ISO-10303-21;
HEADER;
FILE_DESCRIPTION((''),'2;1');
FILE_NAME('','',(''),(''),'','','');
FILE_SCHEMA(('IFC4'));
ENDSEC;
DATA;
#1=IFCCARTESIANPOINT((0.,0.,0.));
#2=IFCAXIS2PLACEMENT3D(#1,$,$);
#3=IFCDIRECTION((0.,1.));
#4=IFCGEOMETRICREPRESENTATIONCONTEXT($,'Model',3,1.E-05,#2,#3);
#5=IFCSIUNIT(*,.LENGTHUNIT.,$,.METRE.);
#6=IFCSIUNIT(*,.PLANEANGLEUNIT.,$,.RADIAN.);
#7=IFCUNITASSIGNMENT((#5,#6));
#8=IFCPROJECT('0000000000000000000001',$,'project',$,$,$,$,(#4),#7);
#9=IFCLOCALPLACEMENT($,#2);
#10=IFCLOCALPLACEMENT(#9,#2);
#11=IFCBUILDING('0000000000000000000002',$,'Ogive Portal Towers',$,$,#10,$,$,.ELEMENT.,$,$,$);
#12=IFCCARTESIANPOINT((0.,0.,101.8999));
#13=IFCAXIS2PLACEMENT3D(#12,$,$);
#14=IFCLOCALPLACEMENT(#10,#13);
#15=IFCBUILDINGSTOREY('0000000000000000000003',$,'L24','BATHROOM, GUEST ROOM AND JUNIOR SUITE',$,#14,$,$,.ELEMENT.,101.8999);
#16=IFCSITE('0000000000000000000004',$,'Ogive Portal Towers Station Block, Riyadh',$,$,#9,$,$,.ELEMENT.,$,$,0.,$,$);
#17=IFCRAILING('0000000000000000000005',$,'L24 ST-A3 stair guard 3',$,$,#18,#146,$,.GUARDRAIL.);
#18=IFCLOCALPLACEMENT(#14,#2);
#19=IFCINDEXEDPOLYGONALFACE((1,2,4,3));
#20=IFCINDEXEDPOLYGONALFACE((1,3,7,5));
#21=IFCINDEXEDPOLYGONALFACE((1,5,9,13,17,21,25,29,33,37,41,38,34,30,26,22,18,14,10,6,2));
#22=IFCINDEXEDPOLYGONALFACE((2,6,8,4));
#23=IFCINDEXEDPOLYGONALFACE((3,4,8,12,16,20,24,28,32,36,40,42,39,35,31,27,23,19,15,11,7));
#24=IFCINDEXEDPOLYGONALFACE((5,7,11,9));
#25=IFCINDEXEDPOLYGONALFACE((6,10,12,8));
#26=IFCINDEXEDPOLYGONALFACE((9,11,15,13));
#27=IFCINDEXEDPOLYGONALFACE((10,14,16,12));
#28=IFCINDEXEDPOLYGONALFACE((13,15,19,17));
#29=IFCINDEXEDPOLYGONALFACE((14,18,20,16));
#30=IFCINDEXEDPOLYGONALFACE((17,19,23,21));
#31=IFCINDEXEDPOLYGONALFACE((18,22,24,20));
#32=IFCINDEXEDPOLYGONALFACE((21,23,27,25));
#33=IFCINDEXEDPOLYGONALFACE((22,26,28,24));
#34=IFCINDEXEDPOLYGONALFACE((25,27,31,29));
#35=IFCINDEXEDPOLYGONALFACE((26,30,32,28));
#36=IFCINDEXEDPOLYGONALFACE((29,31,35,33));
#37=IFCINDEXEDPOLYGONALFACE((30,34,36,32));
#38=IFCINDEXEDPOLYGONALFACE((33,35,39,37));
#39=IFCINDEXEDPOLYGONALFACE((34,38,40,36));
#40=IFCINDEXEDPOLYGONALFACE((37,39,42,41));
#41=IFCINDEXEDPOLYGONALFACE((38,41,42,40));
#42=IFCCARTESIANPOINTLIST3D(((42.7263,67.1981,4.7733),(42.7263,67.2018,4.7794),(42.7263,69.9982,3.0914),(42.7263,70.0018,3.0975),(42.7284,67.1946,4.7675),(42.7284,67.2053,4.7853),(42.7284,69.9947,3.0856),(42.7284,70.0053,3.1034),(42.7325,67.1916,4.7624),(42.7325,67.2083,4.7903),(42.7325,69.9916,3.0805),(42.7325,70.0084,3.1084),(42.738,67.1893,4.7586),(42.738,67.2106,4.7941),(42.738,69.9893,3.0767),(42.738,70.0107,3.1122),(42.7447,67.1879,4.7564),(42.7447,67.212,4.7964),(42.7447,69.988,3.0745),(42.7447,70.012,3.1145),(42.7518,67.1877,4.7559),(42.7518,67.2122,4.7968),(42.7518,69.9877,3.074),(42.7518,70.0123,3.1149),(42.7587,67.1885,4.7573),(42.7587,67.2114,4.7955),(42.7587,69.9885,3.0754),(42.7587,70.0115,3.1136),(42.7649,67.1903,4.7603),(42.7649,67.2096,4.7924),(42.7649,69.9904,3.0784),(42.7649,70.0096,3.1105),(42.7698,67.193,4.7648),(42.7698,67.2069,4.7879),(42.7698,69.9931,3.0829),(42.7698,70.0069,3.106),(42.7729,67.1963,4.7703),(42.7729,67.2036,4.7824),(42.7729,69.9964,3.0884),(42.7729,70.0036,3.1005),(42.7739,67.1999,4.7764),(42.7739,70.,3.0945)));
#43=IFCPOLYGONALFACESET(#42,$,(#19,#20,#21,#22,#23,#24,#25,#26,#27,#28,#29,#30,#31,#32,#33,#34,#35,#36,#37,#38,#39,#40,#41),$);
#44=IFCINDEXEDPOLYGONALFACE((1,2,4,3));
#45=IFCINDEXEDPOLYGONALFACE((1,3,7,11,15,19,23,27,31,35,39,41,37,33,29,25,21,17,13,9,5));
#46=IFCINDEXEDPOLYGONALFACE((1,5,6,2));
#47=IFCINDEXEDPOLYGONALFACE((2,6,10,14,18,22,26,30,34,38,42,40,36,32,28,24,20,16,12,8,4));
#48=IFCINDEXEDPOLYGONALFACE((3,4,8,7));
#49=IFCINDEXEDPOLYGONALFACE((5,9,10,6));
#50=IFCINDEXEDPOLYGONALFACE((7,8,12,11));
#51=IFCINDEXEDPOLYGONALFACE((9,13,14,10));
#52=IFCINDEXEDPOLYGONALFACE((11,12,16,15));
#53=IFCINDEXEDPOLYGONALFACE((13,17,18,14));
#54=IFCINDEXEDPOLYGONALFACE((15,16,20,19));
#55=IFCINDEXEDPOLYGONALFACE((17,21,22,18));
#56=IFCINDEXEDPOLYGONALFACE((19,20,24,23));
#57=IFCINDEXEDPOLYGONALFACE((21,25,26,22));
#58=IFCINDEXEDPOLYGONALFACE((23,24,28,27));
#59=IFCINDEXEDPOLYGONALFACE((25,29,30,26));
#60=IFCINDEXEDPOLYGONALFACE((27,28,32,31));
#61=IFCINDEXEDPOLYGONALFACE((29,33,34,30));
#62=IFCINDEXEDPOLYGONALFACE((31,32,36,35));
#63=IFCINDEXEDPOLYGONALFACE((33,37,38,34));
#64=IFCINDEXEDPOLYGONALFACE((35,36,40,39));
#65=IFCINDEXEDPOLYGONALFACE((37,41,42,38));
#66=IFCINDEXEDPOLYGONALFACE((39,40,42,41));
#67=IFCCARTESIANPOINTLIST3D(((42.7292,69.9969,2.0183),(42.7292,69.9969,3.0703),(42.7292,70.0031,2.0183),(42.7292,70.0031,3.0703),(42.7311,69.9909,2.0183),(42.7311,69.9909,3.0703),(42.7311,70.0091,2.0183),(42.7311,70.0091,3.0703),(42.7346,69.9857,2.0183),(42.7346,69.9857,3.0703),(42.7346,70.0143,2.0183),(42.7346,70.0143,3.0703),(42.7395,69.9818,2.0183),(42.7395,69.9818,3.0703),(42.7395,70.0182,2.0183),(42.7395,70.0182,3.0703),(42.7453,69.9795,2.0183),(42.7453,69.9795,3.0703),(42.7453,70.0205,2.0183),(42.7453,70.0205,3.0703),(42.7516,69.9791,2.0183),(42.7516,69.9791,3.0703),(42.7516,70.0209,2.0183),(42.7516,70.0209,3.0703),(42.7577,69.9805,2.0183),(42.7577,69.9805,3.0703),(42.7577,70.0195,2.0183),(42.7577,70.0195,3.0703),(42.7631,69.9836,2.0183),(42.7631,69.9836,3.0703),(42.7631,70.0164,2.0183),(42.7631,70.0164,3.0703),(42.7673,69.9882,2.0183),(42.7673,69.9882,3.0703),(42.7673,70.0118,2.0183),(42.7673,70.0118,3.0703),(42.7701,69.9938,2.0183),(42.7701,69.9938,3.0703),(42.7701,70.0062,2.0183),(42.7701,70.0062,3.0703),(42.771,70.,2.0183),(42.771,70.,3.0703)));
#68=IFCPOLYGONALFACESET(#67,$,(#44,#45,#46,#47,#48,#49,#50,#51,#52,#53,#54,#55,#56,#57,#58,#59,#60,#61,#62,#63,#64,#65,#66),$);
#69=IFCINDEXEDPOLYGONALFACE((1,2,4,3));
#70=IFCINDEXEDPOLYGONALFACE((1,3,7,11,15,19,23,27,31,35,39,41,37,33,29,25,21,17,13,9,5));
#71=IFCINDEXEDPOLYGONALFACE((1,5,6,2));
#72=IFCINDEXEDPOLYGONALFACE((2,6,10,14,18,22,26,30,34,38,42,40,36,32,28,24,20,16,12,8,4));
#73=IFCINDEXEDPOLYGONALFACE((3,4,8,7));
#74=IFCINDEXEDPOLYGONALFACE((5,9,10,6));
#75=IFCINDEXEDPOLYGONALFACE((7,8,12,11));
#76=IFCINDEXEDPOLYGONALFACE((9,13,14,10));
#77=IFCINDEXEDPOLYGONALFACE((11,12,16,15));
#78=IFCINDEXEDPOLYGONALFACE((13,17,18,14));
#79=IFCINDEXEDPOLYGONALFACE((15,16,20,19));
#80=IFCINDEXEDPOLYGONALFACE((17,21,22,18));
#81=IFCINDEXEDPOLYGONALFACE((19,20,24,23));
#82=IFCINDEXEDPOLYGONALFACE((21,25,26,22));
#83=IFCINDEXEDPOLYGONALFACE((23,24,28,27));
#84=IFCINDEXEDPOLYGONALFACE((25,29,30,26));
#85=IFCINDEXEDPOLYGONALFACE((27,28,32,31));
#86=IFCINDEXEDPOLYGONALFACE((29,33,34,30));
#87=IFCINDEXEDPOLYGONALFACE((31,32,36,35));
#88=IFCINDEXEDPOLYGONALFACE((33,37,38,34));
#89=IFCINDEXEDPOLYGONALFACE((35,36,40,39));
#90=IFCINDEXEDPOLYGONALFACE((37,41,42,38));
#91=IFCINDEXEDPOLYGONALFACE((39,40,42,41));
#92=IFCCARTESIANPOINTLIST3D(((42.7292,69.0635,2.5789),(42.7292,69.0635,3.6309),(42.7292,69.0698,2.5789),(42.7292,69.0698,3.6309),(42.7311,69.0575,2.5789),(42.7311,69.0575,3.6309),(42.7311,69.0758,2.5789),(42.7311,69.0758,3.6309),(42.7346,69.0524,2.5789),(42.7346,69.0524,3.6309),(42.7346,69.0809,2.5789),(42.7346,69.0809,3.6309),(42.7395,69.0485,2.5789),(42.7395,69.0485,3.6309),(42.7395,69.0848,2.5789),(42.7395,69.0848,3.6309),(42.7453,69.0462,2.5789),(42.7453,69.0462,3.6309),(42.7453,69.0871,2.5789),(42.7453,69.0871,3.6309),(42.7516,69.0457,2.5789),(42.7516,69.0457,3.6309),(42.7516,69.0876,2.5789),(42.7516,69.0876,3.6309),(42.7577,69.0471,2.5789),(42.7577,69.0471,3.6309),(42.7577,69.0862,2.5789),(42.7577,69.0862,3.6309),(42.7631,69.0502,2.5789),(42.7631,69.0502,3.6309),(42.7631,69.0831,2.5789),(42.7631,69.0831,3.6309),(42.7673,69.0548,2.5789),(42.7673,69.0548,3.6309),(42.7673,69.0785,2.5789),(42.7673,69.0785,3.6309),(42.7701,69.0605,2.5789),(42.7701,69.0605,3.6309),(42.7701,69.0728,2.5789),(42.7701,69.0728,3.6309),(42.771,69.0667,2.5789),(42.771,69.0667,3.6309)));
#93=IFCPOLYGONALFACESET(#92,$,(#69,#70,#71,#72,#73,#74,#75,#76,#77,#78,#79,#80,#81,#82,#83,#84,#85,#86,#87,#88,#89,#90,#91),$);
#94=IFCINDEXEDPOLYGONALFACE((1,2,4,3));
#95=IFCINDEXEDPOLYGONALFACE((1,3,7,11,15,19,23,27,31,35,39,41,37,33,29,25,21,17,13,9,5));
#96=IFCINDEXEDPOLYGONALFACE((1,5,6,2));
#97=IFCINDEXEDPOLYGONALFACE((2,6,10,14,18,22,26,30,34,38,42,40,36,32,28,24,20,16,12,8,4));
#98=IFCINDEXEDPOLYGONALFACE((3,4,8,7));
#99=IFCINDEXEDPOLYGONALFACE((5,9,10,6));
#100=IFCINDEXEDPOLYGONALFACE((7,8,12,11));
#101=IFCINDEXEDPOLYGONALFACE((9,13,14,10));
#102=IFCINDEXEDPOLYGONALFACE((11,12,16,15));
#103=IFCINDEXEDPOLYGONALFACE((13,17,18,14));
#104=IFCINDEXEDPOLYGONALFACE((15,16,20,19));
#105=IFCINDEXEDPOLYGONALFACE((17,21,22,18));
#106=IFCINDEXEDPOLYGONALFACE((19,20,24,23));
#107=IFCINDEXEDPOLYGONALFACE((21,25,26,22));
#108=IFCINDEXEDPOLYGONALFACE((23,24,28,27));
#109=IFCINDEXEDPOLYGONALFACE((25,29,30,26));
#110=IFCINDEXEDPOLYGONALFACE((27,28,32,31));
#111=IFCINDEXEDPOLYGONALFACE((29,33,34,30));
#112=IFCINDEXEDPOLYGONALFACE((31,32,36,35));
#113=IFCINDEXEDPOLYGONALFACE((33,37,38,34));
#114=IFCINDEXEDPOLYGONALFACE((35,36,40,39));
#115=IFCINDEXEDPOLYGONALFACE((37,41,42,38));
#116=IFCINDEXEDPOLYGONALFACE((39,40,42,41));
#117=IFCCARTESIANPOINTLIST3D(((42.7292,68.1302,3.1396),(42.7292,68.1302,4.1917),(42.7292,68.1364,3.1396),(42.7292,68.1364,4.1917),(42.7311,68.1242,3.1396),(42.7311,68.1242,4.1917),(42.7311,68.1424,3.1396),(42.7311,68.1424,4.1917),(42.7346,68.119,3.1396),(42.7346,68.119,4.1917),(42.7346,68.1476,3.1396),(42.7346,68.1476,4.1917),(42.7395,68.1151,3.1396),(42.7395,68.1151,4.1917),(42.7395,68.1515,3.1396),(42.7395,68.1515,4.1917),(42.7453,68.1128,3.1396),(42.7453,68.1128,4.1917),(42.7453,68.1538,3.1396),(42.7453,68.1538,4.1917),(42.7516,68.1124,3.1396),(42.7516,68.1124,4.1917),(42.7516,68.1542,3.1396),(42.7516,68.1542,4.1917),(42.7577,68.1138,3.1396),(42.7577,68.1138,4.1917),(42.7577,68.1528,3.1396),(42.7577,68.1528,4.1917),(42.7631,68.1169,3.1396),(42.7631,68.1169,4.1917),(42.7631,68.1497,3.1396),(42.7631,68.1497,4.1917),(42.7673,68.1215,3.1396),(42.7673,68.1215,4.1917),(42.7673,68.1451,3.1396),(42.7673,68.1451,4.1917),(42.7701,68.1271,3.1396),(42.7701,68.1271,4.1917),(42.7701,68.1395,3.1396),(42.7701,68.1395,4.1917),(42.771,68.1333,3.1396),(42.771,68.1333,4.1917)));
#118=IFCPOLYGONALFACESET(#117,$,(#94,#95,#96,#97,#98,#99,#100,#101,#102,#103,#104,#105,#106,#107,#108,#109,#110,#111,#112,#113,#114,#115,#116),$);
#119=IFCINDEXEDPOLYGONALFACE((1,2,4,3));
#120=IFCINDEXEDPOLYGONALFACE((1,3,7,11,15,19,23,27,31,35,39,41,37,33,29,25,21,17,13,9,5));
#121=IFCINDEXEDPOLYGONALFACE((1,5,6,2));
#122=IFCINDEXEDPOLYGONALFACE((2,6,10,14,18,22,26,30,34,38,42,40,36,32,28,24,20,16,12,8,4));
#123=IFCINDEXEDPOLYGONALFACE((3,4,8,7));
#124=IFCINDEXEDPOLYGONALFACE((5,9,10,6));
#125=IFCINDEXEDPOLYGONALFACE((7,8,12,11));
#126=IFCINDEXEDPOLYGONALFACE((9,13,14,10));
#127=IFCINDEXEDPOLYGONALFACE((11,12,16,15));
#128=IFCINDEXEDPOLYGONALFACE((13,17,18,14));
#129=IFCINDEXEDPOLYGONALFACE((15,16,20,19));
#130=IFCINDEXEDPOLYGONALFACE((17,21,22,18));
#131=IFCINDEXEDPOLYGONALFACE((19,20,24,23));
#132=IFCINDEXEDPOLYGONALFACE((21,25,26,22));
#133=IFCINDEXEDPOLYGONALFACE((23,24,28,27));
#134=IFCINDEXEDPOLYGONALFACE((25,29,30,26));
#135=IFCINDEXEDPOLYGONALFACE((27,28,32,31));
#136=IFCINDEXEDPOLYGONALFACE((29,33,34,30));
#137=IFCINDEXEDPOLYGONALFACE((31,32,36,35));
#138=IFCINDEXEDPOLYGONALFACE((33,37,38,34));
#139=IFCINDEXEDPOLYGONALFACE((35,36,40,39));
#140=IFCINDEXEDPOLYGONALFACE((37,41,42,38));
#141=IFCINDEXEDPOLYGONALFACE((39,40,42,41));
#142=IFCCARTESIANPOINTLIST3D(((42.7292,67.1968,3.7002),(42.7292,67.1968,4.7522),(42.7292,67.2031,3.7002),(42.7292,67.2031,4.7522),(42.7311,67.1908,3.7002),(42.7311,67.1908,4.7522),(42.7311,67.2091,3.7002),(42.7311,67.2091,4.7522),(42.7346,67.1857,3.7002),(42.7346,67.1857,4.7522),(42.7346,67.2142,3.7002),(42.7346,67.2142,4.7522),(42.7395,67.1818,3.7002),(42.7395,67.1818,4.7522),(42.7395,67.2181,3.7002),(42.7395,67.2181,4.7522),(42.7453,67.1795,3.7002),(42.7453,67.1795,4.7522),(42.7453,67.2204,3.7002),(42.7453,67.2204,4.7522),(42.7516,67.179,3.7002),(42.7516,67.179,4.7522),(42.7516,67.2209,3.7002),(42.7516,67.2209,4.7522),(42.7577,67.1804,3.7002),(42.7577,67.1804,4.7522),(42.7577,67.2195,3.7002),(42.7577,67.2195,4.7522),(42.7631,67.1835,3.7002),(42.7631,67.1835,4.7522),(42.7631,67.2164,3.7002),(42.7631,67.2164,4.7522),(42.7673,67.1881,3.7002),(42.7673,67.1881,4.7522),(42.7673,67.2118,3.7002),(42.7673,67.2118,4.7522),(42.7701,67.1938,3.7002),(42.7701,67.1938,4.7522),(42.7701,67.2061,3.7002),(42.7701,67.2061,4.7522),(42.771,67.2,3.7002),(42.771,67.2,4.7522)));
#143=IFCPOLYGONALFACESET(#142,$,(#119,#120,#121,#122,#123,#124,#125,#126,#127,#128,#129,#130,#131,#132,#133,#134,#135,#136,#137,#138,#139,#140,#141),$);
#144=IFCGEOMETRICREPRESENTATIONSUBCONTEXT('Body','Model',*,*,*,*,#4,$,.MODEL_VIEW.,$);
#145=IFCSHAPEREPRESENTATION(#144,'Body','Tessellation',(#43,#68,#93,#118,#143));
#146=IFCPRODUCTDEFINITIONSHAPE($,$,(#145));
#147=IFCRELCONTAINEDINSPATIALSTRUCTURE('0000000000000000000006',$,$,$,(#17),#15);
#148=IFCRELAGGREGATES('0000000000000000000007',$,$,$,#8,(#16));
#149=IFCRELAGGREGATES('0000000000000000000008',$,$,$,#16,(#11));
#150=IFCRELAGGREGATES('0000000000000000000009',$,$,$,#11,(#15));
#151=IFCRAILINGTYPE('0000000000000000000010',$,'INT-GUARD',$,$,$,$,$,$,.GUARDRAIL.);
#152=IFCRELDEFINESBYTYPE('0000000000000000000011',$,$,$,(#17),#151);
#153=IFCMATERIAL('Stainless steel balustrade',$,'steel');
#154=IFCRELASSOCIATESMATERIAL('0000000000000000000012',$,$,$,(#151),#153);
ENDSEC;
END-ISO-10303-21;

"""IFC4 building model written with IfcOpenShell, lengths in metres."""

from ifc_helpers import new_model, si_unit, direction, frame, origin, origin_2d, place, context, subcontext, project, spatial, circle, extrude, material, type_object, element, save


model = new_model("IFC4")

# Units and contexts
model_context = context("Model", 3, precision=1e-05, world=origin(), true_north=direction((0.0, 1.0)))
body_context = subcontext(model_context, "Body", "Model", "MODEL_VIEW")
ifc_project = project(units=[si_unit("LENGTHUNIT", "METRE"), si_unit("PLANEANGLEUNIT", "RADIAN")], contexts=[model_context])

# Site, building, storey
site_placement = place(None, origin())
site = spatial("IfcSite", under=ifc_project, at=site_placement, Name="Ogive Portal Towers Station Block, Riyadh", CompositionType="ELEMENT", RefElevation=0.0)
building_placement = place(site_placement, origin())
building = spatial("IfcBuilding", under=site, at=building_placement, Name="Ogive Portal Towers", CompositionType="ELEMENT")
storey_placement = place(building_placement, frame((0.0, 0.0, 101.8999)))
storey = spatial("IfcBuildingStorey", under=building, at=storey_placement, Name="L24", Description="BATHROOM, GUEST ROOM AND JUNIOR SUITE", CompositionType="ELEMENT", Elevation=101.8999)

# Railing
ifc_material_1 = material(Name="Stainless steel balustrade", Category="steel")
railing_type_1 = type_object("IfcRailingType", Name="INT-GUARD", PredefinedType="GUARDRAIL", material=ifc_material_1)
railing_1_placement = place(storey_placement, frame((42.75, 70.0, 2.0183)))
element("IfcRailing", 1, at=railing_1_placement, inside=storey, type_object=railing_type_1, Name="L24 ST-A3 stair guard 3", PredefinedType="GUARDRAIL", context=body_context, shape_type="SweptSolid", body=[
    extrude(circle(Radius=0.0239, at=origin_2d()), frame((0.0, 0.0, 1.0762), z_axis=(0.0, -0.857242, 0.514913), x_axis=(1.0, 0.0, 0.0)), (0.0, 0.0, 1.0), 3.2664),
    extrude(circle(Radius=0.021, at=origin_2d()), origin(), (0.0, 0.0, 1.0), 1.052),
    extrude(circle(Radius=0.021, at=origin_2d()), frame((0.0, -0.9333, 0.5605)), (0.0, 0.0, 1.0), 1.052),
    extrude(circle(Radius=0.021, at=origin_2d()), frame((0.0, -1.8667, 1.1213)), (0.0, 0.0, 1.0), 1.052),
    extrude(circle(Radius=0.021, at=origin_2d()), frame((0.0, -2.8, 1.6819)), (0.0, 0.0, 1.0), 1.052),
])

save(model, "model.ifc")
